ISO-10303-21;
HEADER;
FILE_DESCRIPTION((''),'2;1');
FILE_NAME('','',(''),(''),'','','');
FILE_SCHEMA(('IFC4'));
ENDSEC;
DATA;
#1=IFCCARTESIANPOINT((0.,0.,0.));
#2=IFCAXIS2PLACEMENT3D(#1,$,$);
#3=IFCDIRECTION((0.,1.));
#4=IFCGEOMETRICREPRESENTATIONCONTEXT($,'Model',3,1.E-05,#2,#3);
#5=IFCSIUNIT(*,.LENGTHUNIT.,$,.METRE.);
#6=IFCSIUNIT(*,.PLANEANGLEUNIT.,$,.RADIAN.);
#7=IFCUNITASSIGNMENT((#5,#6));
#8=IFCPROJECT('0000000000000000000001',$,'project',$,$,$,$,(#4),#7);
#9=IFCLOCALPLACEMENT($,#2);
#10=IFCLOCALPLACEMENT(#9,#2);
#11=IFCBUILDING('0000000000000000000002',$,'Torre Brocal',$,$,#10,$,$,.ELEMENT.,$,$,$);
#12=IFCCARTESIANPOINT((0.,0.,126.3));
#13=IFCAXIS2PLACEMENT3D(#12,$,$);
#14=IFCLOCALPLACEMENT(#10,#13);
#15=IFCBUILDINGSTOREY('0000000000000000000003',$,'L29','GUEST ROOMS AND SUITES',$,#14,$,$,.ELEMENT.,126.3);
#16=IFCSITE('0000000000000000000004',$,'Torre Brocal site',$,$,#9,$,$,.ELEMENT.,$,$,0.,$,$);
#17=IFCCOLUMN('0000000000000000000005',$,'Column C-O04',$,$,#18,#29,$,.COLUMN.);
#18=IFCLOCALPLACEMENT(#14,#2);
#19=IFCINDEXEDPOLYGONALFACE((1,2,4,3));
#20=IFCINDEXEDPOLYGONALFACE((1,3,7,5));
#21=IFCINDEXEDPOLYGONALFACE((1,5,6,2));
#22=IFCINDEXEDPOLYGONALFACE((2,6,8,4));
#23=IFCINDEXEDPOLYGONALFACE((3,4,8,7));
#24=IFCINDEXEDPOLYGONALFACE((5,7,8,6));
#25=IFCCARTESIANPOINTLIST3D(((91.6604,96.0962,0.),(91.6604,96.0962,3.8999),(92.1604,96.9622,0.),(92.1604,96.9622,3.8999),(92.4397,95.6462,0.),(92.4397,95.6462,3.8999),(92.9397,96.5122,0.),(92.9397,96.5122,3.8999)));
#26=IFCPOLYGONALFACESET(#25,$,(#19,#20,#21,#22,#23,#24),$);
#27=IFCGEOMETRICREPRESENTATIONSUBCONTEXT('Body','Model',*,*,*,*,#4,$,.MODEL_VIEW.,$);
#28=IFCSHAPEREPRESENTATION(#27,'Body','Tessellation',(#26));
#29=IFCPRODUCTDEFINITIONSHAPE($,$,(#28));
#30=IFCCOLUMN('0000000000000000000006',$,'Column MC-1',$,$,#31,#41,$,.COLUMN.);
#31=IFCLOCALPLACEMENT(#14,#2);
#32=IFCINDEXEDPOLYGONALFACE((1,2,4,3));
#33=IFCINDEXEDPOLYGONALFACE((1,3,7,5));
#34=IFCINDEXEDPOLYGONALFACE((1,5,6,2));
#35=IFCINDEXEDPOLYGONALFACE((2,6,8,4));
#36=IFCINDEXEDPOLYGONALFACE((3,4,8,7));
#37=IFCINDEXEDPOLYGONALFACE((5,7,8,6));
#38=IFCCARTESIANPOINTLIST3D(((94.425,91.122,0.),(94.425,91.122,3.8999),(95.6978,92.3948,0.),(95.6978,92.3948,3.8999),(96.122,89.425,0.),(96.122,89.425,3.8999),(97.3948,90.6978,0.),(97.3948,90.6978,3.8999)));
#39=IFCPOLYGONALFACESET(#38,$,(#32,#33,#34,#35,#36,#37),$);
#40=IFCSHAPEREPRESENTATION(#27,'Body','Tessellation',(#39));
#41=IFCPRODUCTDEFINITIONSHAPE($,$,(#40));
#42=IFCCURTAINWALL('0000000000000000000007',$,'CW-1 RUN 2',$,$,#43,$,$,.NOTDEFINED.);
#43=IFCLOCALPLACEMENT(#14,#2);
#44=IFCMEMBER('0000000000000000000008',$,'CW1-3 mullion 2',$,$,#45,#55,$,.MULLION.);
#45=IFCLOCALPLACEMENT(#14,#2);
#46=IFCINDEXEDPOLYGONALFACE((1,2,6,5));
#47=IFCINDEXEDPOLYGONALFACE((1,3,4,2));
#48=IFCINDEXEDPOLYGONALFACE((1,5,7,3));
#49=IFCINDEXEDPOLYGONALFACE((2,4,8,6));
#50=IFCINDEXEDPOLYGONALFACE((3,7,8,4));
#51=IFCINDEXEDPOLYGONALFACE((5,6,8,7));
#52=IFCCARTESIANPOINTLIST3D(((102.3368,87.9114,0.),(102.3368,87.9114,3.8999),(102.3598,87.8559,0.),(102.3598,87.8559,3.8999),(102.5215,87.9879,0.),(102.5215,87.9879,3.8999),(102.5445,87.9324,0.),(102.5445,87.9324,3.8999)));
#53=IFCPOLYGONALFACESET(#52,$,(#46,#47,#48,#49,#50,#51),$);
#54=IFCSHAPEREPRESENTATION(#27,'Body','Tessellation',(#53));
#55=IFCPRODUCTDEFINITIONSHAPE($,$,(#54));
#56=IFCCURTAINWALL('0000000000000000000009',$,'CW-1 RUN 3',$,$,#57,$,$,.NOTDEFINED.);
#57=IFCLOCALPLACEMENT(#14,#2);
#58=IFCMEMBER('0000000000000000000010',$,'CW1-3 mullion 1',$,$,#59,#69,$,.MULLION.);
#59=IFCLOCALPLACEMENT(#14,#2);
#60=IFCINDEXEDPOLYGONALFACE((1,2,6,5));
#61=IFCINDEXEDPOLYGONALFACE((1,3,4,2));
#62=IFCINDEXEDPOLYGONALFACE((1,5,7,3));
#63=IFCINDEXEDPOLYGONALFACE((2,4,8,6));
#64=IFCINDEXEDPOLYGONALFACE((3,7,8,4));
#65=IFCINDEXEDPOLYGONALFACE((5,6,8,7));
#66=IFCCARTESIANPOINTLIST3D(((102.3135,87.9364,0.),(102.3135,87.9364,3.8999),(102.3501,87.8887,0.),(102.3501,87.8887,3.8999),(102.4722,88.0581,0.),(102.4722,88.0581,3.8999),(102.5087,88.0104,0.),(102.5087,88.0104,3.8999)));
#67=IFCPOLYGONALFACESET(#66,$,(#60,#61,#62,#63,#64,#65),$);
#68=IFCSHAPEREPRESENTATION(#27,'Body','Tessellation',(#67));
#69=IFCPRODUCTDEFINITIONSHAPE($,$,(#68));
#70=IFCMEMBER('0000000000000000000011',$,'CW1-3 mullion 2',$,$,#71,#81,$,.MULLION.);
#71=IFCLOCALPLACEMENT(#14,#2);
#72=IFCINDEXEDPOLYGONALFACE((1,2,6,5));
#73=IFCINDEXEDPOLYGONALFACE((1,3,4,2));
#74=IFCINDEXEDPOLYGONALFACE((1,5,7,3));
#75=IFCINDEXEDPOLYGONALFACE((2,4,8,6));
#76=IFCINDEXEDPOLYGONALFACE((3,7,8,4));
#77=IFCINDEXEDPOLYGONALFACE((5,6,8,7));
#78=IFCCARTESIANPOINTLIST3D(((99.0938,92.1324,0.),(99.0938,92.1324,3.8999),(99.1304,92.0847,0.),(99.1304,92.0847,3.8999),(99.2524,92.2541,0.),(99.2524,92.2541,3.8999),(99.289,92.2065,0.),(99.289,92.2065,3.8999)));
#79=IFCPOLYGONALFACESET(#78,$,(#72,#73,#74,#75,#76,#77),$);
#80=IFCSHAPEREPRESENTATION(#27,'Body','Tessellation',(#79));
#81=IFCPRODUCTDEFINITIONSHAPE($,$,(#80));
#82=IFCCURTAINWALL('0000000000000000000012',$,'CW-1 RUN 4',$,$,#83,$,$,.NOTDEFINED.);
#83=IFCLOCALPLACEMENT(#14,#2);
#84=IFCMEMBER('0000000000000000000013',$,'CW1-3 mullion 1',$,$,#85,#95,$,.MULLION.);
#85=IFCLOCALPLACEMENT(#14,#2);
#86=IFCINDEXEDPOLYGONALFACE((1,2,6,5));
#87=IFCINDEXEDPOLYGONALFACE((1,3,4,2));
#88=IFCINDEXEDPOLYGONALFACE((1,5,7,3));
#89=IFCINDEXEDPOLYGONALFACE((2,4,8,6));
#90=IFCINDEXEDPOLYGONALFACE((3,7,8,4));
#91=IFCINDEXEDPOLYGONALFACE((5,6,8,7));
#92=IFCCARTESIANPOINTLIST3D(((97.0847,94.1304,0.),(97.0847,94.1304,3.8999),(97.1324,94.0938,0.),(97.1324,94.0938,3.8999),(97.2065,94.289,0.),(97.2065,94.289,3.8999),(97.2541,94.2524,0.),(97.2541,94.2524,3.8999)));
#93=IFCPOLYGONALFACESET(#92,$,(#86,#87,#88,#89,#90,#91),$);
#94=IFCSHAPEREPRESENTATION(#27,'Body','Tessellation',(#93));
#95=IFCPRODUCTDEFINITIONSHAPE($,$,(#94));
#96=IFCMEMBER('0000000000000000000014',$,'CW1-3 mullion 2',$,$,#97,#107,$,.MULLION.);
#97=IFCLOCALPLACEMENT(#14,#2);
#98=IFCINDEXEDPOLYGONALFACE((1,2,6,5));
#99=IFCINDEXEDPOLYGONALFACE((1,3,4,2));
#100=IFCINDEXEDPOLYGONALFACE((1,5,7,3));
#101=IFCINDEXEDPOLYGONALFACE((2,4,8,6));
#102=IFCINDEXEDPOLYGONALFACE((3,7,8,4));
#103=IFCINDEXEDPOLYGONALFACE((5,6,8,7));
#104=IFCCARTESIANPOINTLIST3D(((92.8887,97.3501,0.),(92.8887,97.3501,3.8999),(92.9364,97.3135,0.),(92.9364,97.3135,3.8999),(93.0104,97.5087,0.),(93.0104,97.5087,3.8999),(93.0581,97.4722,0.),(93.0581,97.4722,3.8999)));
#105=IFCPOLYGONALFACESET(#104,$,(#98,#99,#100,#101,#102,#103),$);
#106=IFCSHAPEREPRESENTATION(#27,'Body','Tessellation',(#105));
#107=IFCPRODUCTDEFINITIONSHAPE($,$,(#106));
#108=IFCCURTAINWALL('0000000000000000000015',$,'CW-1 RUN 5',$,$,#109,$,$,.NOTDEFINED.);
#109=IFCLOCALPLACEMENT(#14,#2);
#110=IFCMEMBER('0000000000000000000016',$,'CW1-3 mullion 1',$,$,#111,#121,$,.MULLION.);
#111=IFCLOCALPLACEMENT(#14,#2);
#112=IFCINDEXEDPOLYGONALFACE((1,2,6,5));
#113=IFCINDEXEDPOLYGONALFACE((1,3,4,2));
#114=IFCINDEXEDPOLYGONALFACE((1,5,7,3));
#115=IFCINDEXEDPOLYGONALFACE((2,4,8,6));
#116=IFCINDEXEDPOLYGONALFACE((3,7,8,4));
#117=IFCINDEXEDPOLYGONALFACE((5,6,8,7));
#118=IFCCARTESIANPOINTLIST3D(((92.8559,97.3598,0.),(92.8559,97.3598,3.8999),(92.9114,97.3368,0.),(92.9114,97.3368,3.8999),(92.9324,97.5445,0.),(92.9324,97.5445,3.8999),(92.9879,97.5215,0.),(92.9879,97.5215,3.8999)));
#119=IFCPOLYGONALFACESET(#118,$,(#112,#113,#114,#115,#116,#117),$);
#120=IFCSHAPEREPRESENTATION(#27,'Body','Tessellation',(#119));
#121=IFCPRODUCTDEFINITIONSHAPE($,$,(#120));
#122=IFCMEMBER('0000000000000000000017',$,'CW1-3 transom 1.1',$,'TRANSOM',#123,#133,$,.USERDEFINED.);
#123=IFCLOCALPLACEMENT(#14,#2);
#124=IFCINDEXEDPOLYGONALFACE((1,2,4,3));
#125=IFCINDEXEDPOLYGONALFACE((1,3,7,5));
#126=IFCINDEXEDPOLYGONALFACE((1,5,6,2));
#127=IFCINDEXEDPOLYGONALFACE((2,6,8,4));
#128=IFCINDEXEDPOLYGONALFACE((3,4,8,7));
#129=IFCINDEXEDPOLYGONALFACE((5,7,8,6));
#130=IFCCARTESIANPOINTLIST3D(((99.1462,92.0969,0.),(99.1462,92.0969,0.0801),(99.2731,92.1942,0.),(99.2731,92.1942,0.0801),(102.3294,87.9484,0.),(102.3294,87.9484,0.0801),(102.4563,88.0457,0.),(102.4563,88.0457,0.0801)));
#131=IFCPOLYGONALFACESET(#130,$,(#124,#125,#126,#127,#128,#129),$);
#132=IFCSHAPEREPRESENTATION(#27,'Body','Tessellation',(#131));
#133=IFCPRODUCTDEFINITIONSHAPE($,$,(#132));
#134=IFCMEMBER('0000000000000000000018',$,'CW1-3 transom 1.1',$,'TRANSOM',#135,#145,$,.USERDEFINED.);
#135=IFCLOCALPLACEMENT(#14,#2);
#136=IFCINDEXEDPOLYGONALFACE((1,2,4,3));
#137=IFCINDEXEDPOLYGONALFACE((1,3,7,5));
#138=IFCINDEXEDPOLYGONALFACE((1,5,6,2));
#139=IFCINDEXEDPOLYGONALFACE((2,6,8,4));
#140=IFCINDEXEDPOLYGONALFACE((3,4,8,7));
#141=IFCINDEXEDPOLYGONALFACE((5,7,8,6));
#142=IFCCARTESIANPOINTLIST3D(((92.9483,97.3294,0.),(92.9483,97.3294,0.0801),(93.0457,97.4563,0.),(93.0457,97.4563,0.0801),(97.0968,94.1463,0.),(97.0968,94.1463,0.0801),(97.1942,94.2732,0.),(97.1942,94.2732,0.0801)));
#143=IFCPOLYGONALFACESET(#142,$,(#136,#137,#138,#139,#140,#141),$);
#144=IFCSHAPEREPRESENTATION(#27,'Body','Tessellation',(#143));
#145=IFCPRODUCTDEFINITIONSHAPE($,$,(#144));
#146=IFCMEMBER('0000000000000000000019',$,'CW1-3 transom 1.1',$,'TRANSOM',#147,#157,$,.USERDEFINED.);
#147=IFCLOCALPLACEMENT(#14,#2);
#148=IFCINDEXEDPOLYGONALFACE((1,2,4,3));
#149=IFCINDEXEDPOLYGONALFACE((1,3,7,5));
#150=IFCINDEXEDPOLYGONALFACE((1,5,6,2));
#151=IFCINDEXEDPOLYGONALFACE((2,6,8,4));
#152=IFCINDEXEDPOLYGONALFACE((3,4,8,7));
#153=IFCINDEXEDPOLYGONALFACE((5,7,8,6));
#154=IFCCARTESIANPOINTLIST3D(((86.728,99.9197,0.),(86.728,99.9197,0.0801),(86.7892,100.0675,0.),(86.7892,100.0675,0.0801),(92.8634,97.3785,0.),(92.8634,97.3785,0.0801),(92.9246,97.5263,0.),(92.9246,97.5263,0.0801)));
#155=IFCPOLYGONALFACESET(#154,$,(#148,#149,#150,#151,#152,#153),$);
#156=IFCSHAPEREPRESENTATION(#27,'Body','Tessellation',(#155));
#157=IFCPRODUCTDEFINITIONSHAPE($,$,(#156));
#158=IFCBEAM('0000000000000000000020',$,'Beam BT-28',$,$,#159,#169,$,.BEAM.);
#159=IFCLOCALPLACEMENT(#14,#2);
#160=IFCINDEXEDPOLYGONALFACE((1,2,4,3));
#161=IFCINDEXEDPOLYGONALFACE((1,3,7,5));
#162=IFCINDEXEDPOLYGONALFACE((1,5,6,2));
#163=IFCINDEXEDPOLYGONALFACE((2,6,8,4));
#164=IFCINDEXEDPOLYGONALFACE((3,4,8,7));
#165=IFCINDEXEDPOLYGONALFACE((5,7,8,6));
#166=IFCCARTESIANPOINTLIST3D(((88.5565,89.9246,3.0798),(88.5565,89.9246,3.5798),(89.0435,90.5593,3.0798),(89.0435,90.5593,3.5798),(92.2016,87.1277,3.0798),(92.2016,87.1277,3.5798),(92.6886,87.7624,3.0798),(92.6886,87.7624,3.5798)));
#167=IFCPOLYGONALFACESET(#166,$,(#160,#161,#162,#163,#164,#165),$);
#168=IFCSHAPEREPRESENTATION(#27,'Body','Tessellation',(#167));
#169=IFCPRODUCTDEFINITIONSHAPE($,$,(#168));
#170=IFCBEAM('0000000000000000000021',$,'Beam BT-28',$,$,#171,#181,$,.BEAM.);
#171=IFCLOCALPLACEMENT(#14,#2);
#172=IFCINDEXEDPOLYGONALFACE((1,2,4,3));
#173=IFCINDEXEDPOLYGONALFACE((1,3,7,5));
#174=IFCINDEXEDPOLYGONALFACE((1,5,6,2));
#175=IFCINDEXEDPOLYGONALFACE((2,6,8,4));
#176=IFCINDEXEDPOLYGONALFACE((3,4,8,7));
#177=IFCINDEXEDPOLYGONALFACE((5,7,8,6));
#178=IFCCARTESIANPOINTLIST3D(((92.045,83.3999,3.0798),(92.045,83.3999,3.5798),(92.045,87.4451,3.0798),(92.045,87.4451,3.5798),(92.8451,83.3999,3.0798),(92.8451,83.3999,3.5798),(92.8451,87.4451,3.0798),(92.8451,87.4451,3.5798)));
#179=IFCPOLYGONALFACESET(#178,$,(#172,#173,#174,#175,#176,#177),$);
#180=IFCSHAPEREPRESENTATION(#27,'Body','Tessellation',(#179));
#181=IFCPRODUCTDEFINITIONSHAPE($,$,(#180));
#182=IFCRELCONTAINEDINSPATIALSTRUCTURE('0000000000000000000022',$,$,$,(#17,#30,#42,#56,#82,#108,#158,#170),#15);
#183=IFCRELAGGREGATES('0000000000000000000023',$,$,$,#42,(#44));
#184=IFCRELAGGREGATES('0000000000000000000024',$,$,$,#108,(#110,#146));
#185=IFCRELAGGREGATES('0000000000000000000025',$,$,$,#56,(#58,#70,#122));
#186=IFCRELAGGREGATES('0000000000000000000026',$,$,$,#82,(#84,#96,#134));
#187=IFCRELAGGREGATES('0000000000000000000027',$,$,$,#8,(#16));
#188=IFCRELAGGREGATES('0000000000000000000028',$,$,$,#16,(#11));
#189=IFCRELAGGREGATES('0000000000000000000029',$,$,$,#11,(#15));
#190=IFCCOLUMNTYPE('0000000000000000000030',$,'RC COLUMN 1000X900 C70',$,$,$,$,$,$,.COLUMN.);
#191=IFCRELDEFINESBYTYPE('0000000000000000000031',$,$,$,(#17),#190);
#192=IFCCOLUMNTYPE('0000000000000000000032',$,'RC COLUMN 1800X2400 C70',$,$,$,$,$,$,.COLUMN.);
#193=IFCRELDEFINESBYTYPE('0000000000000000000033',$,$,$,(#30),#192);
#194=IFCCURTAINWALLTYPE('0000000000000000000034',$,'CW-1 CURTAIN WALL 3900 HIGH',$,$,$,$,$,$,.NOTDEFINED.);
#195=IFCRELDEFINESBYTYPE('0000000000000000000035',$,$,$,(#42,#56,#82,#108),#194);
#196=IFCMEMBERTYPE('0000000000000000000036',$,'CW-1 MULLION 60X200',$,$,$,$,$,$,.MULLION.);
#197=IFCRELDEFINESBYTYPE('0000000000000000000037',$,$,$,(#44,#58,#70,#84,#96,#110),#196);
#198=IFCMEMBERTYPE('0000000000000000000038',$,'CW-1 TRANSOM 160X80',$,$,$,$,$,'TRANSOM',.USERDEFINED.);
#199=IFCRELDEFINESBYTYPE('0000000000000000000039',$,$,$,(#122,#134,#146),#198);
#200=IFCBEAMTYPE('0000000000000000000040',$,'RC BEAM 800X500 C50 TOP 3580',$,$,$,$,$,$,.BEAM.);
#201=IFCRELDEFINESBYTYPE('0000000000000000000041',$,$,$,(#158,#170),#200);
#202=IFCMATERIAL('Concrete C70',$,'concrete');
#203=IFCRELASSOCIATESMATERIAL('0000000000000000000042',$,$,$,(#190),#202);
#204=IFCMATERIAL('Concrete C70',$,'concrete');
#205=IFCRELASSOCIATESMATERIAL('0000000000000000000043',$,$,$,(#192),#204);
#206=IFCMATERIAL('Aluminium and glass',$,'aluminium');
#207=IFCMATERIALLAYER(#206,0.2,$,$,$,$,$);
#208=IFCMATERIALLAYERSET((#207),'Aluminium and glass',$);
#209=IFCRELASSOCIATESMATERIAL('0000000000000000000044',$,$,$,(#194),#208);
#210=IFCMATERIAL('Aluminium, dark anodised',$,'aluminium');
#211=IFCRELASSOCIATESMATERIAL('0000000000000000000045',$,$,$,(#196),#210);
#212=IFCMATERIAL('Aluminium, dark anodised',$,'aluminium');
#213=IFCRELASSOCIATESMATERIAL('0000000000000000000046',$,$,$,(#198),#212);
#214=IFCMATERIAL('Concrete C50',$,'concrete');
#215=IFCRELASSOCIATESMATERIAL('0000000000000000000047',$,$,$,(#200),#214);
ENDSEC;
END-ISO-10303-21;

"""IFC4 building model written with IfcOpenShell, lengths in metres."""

from ifc_helpers import new_model, si_unit, direction, frame, origin, origin_2d, place, context, subcontext, project, spatial, rectangle, extrude, material, layer, layer_set, material_profile, profile_set, type_object, element, aggregate, save


model = new_model("IFC4")

# Units and contexts
model_context = context("Model", 3, precision=1e-05, world=origin(), true_north=direction((0.0, 1.0)))
body_context = subcontext(model_context, "Body", "Model", "MODEL_VIEW")
ifc_project = project(units=[si_unit("LENGTHUNIT", "METRE"), si_unit("PLANEANGLEUNIT", "RADIAN")], contexts=[model_context])

# Site, building, storey
site_placement = place(None, origin())
site = spatial("IfcSite", under=ifc_project, at=site_placement, Name="Torre Brocal site", CompositionType="ELEMENT", RefElevation=0.0)
building_placement = place(site_placement, origin())
building = spatial("IfcBuilding", under=site, at=building_placement, Name="Torre Brocal", CompositionType="ELEMENT")
storey_placement = place(building_placement, frame((0.0, 0.0, 126.3)))
storey = spatial("IfcBuildingStorey", under=building, at=storey_placement, Name="L29", Description="GUEST ROOMS AND SUITES", CompositionType="ELEMENT", Elevation=126.3)

# Columns
ifc_material_1 = material(Name="Concrete C70", Category="concrete")
ifc_material_profile_1 = material_profile(ifc_material_1, rectangle(XDim=1.0, YDim=0.8999, at=origin_2d()), Name="RC 1000X900")
ifc_profile_set_1 = profile_set([ifc_material_profile_1], Name="Concrete C70")
column_type_1 = type_object("IfcColumnType", Name="RC COLUMN 1000X900 C70", PredefinedType="COLUMN", material=ifc_profile_set_1)
column_1_placement = place(storey_placement, frame((92.3, 96.3042, 0.0), z_axis=(0.0, 0.0, 1.0), x_axis=(0.5, 0.866025, 0.0)))
element("IfcColumn", 1, at=column_1_placement, inside=storey, type_object=column_type_1, Name="Column C-O04", PredefinedType="COLUMN", context=body_context, shape_type="SweptSolid", body=[
    extrude(rectangle(XDim=1.0, YDim=0.8999, at=origin_2d()), origin(), (0.0, 0.0, 1.0), 3.8999),
])
ifc_material_2 = material(Name="Concrete C70", Category="concrete")
ifc_material_profile_2 = material_profile(ifc_material_2, rectangle(XDim=1.8, YDim=2.3999, at=origin_2d()), Name="RC 1800X2400")
ifc_profile_set_2 = profile_set([ifc_material_profile_2], Name="Concrete C70")
column_type_2 = type_object("IfcColumnType", Name="RC COLUMN 1800X2400 C70", PredefinedType="COLUMN", material=ifc_profile_set_2)
column_2_placement = place(storey_placement, frame((95.9099, 90.9099, 0.0), z_axis=(0.0, 0.0, 1.0), x_axis=(0.707107, 0.707107, 0.0)))
element("IfcColumn", 2, at=column_2_placement, inside=storey, type_object=column_type_2, Name="Column MC-1", PredefinedType="COLUMN", context=body_context, shape_type="SweptSolid", body=[
    extrude(rectangle(XDim=1.8, YDim=2.3999, at=origin_2d()), origin(), (0.0, 0.0, 1.0), 3.8999),
])

# Curtain wall, member
ifc_material_3 = material(Name="Aluminium and glass", Category="aluminium")
ifc_layer_1 = layer(ifc_material_3, 0.2)
ifc_layer_set_1 = layer_set([ifc_layer_1], Name="Aluminium and glass")
curtain_wall_type = type_object("IfcCurtainWallType", Name="CW-1 CURTAIN WALL 3900 HIGH", PredefinedType="NOTDEFINED", material=ifc_layer_set_1)
curtain_wall_1_placement = place(storey_placement, origin())
curtain_wall_1 = element("IfcCurtainWall", 3, at=curtain_wall_1_placement, inside=storey, type_object=curtain_wall_type, Name="CW-1 RUN 2", PredefinedType="NOTDEFINED")
ifc_material_4 = material(Name="Aluminium, dark anodised", Category="aluminium")
ifc_material_profile_3 = material_profile(ifc_material_4, rectangle(XDim=0.2, YDim=0.0601, at=origin_2d()), Name="CW-1 MULLION 60X200")
ifc_profile_set_3 = profile_set([ifc_material_profile_3], Name="Aluminium, dark anodised")
member_type_1 = type_object("IfcMemberType", Name="CW-1 MULLION 60X200", PredefinedType="MULLION", material=ifc_profile_set_3)
member_1_placement = place(storey_placement, frame((102.4407, 87.9219, 0.0), z_axis=(0.0, 0.0, 1.0), x_axis=(-0.92388, -0.382683, 0.0)))
member_1 = element("IfcMember", 4, at=member_1_placement, type_object=member_type_1, Name="CW1-3 mullion 2", PredefinedType="MULLION", context=body_context, shape_type="SweptSolid", body=[
    extrude(rectangle(XDim=0.2, YDim=0.0601, at=origin_2d()), origin(), (0.0, 0.0, 1.0), 3.8999),
])
aggregate(curtain_wall_1, [member_1])

# Curtain walls, members
curtain_wall_2_placement = place(storey_placement, origin())
curtain_wall_2 = element("IfcCurtainWall", 5, at=curtain_wall_2_placement, inside=storey, type_object=curtain_wall_type, Name="CW-1 RUN 3", PredefinedType="NOTDEFINED")
member_2_placement = place(storey_placement, frame((102.4111, 87.9734, 0.0), z_axis=(0.0, 0.0, 1.0), x_axis=(-0.793353, -0.608761, 0.0)))
member_2 = element("IfcMember", 6, at=member_2_placement, type_object=member_type_1, Name="CW1-3 mullion 1", PredefinedType="MULLION", context=body_context, shape_type="SweptSolid", body=[
    extrude(rectangle(XDim=0.2, YDim=0.0601, at=origin_2d()), origin(), (0.0, 0.0, 1.0), 3.8999),
])
member_3_placement = place(storey_placement, frame((99.1914, 92.1694, 0.0), z_axis=(0.0, 0.0, 1.0), x_axis=(-0.793353, -0.608761, 0.0)))
member_3 = element("IfcMember", 7, at=member_3_placement, type_object=member_type_1, Name="CW1-3 mullion 2", PredefinedType="MULLION", context=body_context, shape_type="SweptSolid", body=[
    extrude(rectangle(XDim=0.2, YDim=0.0601, at=origin_2d()), origin(), (0.0, 0.0, 1.0), 3.8999),
])
curtain_wall_3_placement = place(storey_placement, origin())
curtain_wall_3 = element("IfcCurtainWall", 8, at=curtain_wall_3_placement, inside=storey, type_object=curtain_wall_type, Name="CW-1 RUN 4", PredefinedType="NOTDEFINED")
member_4_placement = place(storey_placement, frame((97.1694, 94.1914, 0.0), z_axis=(0.0, 0.0, 1.0), x_axis=(-0.608761, -0.793353, 0.0)))
member_4 = element("IfcMember", 9, at=member_4_placement, type_object=member_type_1, Name="CW1-3 mullion 1", PredefinedType="MULLION", context=body_context, shape_type="SweptSolid", body=[
    extrude(rectangle(XDim=0.2, YDim=0.0601, at=origin_2d()), origin(), (0.0, 0.0, 1.0), 3.8999),
])
member_5_placement = place(storey_placement, frame((92.9734, 97.4111, 0.0), z_axis=(0.0, 0.0, 1.0), x_axis=(-0.608761, -0.793353, 0.0)))
member_5 = element("IfcMember", 10, at=member_5_placement, type_object=member_type_1, Name="CW1-3 mullion 2", PredefinedType="MULLION", context=body_context, shape_type="SweptSolid", body=[
    extrude(rectangle(XDim=0.2, YDim=0.0601, at=origin_2d()), origin(), (0.0, 0.0, 1.0), 3.8999),
])

# Curtain wall, member
curtain_wall_4_placement = place(storey_placement, origin())
curtain_wall_4 = element("IfcCurtainWall", 11, at=curtain_wall_4_placement, inside=storey, type_object=curtain_wall_type, Name="CW-1 RUN 5", PredefinedType="NOTDEFINED")
member_6_placement = place(storey_placement, frame((92.9219, 97.4407, 0.0), z_axis=(0.0, 0.0, 1.0), x_axis=(-0.382683, -0.92388, 0.0)))
member_6 = element("IfcMember", 12, at=member_6_placement, type_object=member_type_1, Name="CW1-3 mullion 1", PredefinedType="MULLION", context=body_context, shape_type="SweptSolid", body=[
    extrude(rectangle(XDim=0.2, YDim=0.0601, at=origin_2d()), origin(), (0.0, 0.0, 1.0), 3.8999),
])

# Members
ifc_material_5 = material(Name="Aluminium, dark anodised", Category="aluminium")
ifc_material_profile_4 = material_profile(ifc_material_5, rectangle(XDim=0.1599, YDim=0.0801, at=origin_2d()), Name="CW-1 TRANSOM 160X80")
ifc_profile_set_4 = profile_set([ifc_material_profile_4], Name="Aluminium, dark anodised")
member_type_2 = type_object("IfcMemberType", Name="CW-1 TRANSOM 160X80", ElementType="TRANSOM", PredefinedType="USERDEFINED", material=ifc_profile_set_4)
member_7_placement = place(storey_placement, frame((102.3928, 87.9971, 0.04), z_axis=(-0.608749, 0.793363, 0.0), x_axis=(-0.793363, -0.608749, 0.0)))
member_7 = element("IfcMember", 13, at=member_7_placement, type_object=member_type_2, Name="CW1-3 transom 1.1", ObjectType="TRANSOM", PredefinedType="USERDEFINED", context=body_context, shape_type="SweptSolid", body=[
    extrude(rectangle(XDim=0.1599, YDim=0.0801, at=origin_2d()), origin(), (0.0, 0.0, 1.0), 5.229),
])
member_8_placement = place(storey_placement, frame((97.1455, 94.2097, 0.04), z_axis=(-0.793363, 0.608749, 0.0), x_axis=(-0.608749, -0.793363, 0.0)))
member_8 = element("IfcMember", 14, at=member_8_placement, type_object=member_type_2, Name="CW1-3 transom 1.1", ObjectType="TRANSOM", PredefinedType="USERDEFINED", context=body_context, shape_type="SweptSolid", body=[
    extrude(rectangle(XDim=0.1599, YDim=0.0801, at=origin_2d()), origin(), (0.0, 0.0, 1.0), 5.229),
])
member_9_placement = place(storey_placement, frame((92.894, 97.4524, 0.04), z_axis=(-0.923887, 0.382665, 0.0), x_axis=(-0.382665, -0.923887, 0.0)))
member_9 = element("IfcMember", 15, at=member_9_placement, type_object=member_type_2, Name="CW1-3 transom 1.1", ObjectType="TRANSOM", PredefinedType="USERDEFINED", context=body_context, shape_type="SweptSolid", body=[
    extrude(rectangle(XDim=0.1599, YDim=0.0801, at=origin_2d()), origin(), (0.0, 0.0, 1.0), 6.6409),
])
aggregate(curtain_wall_4, [member_6, member_9])

# Beams
ifc_material_6 = material(Name="Concrete C50", Category="concrete")
ifc_material_profile_5 = material_profile(ifc_material_6, rectangle(XDim=0.8, YDim=0.5, at=origin_2d()), Name="RC 800X500")
ifc_profile_set_5 = profile_set([ifc_material_profile_5], Name="Concrete C50")
beam_type_1 = type_object("IfcBeamType", Name="RC BEAM 800X500 C50 TOP 3580", PredefinedType="BEAM", material=ifc_profile_set_5)
beam_1_placement = place(storey_placement, frame((92.4451, 87.4451, 3.3298), z_axis=(-0.793358, 0.608755, 0.0), x_axis=(-0.608755, -0.793358, 0.0)))
element("IfcBeam", 16, at=beam_1_placement, inside=storey, type_object=beam_type_1, Name="Beam BT-28", PredefinedType="BEAM", context=body_context, shape_type="SweptSolid", body=[
    extrude(rectangle(XDim=0.8, YDim=0.5, at=origin_2d()), origin(), (0.0, 0.0, 1.0), 4.5945),
])
beam_2_placement = place(storey_placement, frame((92.4451, 87.4451, 3.3298), z_axis=(0.0, -1.0, 0.0), x_axis=(1.0, 0.0, 0.0)))
element("IfcBeam", 17, at=beam_2_placement, inside=storey, type_object=beam_type_1, Name="Beam BT-28", PredefinedType="BEAM", context=body_context, shape_type="SweptSolid", body=[
    extrude(rectangle(XDim=0.8, YDim=0.5, at=origin_2d()), origin(), (0.0, 0.0, 1.0), 4.0452),
])

aggregate(curtain_wall_2, [member_2, member_3, member_7])
aggregate(curtain_wall_3, [member_4, member_5, member_8])

save(model, "model.ifc")
